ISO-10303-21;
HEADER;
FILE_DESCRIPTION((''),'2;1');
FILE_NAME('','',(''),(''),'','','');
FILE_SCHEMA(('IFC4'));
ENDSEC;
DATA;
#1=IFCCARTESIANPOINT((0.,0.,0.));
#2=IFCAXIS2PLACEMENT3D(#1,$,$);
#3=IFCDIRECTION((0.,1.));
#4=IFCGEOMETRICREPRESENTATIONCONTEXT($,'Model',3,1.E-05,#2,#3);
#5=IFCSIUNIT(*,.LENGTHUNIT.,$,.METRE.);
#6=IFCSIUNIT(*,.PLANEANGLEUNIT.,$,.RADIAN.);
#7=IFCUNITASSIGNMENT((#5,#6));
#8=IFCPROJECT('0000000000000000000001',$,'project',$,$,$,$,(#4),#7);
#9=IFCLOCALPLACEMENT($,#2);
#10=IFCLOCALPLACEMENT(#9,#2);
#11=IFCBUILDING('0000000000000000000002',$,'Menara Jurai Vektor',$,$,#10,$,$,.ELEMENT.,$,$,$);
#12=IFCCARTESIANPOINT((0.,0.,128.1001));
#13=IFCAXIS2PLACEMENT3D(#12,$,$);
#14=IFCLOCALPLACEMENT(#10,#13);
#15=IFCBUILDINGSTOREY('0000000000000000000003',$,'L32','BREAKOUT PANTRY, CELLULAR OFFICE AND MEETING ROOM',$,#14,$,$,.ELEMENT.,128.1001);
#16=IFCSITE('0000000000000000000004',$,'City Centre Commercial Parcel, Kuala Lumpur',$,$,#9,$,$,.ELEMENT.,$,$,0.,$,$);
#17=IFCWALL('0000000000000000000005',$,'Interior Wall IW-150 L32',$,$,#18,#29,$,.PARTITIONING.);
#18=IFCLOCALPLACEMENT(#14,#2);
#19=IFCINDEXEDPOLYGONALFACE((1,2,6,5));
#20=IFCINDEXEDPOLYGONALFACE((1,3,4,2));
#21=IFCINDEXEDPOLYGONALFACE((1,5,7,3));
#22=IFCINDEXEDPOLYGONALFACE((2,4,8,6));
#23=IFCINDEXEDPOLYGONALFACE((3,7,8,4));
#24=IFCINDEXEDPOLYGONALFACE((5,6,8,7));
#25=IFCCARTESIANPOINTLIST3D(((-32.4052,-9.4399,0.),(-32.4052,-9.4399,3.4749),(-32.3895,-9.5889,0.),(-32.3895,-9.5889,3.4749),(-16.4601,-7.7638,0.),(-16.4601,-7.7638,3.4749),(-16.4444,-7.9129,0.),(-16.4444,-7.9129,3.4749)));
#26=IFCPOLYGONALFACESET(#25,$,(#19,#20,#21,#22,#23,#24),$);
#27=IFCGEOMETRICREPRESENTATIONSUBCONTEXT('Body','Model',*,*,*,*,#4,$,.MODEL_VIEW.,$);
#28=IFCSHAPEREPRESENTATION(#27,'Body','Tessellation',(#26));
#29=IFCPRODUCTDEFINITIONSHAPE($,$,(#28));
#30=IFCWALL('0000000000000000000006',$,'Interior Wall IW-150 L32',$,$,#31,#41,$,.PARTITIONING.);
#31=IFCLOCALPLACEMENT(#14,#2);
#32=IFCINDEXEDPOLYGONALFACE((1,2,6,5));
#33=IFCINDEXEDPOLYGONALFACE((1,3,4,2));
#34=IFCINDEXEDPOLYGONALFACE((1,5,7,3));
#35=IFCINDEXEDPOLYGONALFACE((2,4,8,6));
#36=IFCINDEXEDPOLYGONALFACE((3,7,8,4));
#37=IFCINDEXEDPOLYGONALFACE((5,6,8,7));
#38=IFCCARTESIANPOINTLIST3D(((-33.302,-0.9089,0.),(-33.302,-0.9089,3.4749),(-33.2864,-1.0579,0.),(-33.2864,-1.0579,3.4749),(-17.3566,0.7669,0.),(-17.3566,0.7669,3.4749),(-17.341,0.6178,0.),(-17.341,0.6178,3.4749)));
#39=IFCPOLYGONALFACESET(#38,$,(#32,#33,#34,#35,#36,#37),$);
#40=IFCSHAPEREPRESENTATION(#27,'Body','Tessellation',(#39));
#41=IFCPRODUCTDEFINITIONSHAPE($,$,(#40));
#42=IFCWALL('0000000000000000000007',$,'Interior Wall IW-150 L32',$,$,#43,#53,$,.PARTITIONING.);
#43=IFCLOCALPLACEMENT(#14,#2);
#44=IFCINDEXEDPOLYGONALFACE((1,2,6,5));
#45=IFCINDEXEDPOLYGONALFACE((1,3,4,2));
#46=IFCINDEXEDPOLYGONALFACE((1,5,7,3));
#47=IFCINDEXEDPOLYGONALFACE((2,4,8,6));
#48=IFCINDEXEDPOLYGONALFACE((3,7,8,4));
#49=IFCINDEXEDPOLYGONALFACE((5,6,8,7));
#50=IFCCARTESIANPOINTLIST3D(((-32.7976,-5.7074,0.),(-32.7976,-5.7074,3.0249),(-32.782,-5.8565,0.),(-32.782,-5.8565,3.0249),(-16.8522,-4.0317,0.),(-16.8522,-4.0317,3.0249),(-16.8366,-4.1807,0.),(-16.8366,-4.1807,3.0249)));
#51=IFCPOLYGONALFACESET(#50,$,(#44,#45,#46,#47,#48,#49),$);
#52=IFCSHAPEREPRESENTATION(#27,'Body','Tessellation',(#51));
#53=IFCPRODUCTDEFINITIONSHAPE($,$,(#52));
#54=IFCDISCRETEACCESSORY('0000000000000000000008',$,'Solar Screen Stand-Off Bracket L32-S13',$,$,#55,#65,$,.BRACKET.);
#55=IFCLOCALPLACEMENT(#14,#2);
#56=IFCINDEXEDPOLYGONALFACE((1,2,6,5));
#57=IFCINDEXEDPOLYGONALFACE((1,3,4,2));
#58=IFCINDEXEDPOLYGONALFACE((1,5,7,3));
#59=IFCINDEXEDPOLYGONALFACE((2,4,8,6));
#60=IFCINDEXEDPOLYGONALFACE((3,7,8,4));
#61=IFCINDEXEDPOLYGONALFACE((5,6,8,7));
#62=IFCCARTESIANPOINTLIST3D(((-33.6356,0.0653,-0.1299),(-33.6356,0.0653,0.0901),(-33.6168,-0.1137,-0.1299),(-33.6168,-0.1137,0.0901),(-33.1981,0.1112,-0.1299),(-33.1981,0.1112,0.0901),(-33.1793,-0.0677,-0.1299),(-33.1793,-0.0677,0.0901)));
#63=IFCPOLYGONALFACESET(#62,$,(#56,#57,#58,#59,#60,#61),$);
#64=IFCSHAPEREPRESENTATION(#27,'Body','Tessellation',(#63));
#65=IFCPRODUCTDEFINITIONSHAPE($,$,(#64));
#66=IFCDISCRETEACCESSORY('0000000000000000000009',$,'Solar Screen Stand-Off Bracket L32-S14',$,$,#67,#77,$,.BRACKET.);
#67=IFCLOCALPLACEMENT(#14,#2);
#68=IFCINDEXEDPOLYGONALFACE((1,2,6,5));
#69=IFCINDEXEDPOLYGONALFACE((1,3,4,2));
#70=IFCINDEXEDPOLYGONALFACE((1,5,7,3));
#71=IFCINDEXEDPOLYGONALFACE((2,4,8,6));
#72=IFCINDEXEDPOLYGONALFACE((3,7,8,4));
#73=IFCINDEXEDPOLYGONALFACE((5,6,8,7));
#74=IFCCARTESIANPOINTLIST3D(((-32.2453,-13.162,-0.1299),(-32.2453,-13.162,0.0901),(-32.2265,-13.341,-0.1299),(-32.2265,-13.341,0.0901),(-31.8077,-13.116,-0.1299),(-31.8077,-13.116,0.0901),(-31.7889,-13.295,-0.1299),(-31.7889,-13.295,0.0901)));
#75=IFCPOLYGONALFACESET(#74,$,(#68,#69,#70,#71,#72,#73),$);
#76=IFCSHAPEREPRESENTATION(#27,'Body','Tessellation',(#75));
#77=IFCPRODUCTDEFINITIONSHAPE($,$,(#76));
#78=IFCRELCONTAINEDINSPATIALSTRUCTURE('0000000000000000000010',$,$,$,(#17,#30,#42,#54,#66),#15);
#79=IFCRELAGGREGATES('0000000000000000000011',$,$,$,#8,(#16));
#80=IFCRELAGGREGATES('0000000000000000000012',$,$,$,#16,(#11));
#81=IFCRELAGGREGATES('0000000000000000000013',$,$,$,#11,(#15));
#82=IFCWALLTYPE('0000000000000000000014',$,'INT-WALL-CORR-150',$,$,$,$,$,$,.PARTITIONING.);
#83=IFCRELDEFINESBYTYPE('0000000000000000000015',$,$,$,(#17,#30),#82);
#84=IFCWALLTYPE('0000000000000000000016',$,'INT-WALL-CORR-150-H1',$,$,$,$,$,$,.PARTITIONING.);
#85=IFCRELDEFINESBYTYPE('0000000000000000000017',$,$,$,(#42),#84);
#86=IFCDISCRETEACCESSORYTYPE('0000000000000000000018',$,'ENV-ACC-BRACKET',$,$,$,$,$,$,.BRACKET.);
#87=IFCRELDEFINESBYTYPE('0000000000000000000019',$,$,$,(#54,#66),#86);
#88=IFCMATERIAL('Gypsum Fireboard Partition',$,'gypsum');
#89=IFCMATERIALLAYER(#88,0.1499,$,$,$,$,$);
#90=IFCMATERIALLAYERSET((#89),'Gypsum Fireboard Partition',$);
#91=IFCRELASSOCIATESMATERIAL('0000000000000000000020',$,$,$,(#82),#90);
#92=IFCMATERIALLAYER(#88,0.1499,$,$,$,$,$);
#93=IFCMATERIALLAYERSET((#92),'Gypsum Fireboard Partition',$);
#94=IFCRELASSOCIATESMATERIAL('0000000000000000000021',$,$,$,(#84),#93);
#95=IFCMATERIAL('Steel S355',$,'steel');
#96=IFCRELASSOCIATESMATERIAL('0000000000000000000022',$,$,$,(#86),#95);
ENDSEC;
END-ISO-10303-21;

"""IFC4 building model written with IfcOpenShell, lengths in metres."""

from ifc_helpers import new_model, si_unit, direction, frame, frame_2d, origin, origin_2d, place, context, subcontext, project, spatial, rectangle, extrude, material, layer, layer_set, type_object, element, save


model = new_model("IFC4")

# Units and contexts
model_context = context("Model", 3, precision=1e-05, world=origin(), true_north=direction((0.0, 1.0)))
body_context = subcontext(model_context, "Body", "Model", "MODEL_VIEW")
ifc_project = project(units=[si_unit("LENGTHUNIT", "METRE"), si_unit("PLANEANGLEUNIT", "RADIAN")], contexts=[model_context])

# Site, building, storey
site_placement = place(None, origin())
site = spatial("IfcSite", under=ifc_project, at=site_placement, Name="City Centre Commercial Parcel, Kuala Lumpur", CompositionType="ELEMENT", RefElevation=0.0)
building_placement = place(site_placement, origin())
building = spatial("IfcBuilding", under=site, at=building_placement, Name="Menara Jurai Vektor", CompositionType="ELEMENT")
storey_placement = place(building_placement, frame((0.0, 0.0, 128.1001)))
storey = spatial("IfcBuildingStorey", under=building, at=storey_placement, Name="L32", Description="BREAKOUT PANTRY, CELLULAR OFFICE AND MEETING ROOM", CompositionType="ELEMENT", Elevation=128.1001)

# Shared definitions
ifc_material_1 = material(Name="Steel S355", Category="steel")

# Shared definitions
ifc_material_2 = material(Name="Gypsum Fireboard Partition", Category="gypsum")
ifc_layer_1 = layer(ifc_material_2, 0.1499)
ifc_layer_set_1 = layer_set([ifc_layer_1], Name="Gypsum Fireboard Partition")
wall_type_1 = type_object("IfcWallType", Name="INT-WALL-CORR-150", PredefinedType="PARTITIONING", material=ifc_layer_set_1)

# Walls
wall_1_placement = place(storey_placement, frame((-32.3975, -9.5144, 0.0), z_axis=(0.0, 0.0, 1.0), x_axis=(0.994521, 0.104537, 0.0)))
element("IfcWall", 1, at=wall_1_placement, inside=storey, type_object=wall_type_1, Name="Interior Wall IW-150 L32", PredefinedType="PARTITIONING", context=body_context, shape_type="SweptSolid", body=[
    extrude(rectangle(XDim=16.033, YDim=0.1499, at=frame_2d((8.0166, 0.0))), origin(), (0.0, 0.0, 1.0), 3.4749),
])
wall_2_placement = place(storey_placement, frame((-33.2942, -0.9834, 0.0), z_axis=(0.0, 0.0, 1.0), x_axis=(0.994523, 0.10452, 0.0)))
element("IfcWall", 2, at=wall_2_placement, inside=storey, type_object=wall_type_1, Name="Interior Wall IW-150 L32", PredefinedType="PARTITIONING", context=body_context, shape_type="SweptSolid", body=[
    extrude(rectangle(XDim=16.0332, YDim=0.1499, at=frame_2d((8.0166, 0.0))), origin(), (0.0, 0.0, 1.0), 3.4749),
])
ifc_layer_2 = layer(ifc_material_2, 0.1499)
ifc_layer_set_2 = layer_set([ifc_layer_2], Name="Gypsum Fireboard Partition")
wall_type_2 = type_object("IfcWallType", Name="INT-WALL-CORR-150-H1", PredefinedType="PARTITIONING", material=ifc_layer_set_2)
wall_3_placement = place(storey_placement, frame((-32.7898, -5.782, 0.0), z_axis=(0.0, 0.0, 1.0), x_axis=(0.994523, 0.10452, 0.0)))
element("IfcWall", 3, at=wall_3_placement, inside=storey, type_object=wall_type_2, Name="Interior Wall IW-150 L32", PredefinedType="PARTITIONING", context=body_context, shape_type="SweptSolid", body=[
    extrude(rectangle(XDim=16.0332, YDim=0.1499, at=frame_2d((8.0166, 0.0))), origin(), (0.0, 0.0, 1.0), 3.0249),
])

# Discrete accessories
discrete_accessory_type = type_object("IfcDiscreteAccessoryType", Name="ENV-ACC-BRACKET", PredefinedType="BRACKET", material=ifc_material_1)
for number, where, z_axis, x_axis, name in (
    (4, (-33.4075, -0.0012, -0.1299), (0.0, 0.0, 1.0), (0.104528, -0.994522, 0.0), "Solar Screen Stand-Off Bracket L32-S13"),
    (5, (-32.0171, -13.2285, -0.1299), (0.0, 0.0, 1.0), (0.104528, -0.994522, 0.0), "Solar Screen Stand-Off Bracket L32-S14"),
):
    element("IfcDiscreteAccessory", number, at=place(storey_placement, frame(where, z_axis=z_axis, x_axis=x_axis)), inside=storey, type_object=discrete_accessory_type, Name=name, PredefinedType="BRACKET", context=body_context, shape_type="SweptSolid", body=[
        extrude(rectangle(XDim=0.1799, YDim=0.4399, at=origin_2d()), origin(), (0.0, 0.0, 1.0), 0.22),
    ])

save(model, "model.ifc")
